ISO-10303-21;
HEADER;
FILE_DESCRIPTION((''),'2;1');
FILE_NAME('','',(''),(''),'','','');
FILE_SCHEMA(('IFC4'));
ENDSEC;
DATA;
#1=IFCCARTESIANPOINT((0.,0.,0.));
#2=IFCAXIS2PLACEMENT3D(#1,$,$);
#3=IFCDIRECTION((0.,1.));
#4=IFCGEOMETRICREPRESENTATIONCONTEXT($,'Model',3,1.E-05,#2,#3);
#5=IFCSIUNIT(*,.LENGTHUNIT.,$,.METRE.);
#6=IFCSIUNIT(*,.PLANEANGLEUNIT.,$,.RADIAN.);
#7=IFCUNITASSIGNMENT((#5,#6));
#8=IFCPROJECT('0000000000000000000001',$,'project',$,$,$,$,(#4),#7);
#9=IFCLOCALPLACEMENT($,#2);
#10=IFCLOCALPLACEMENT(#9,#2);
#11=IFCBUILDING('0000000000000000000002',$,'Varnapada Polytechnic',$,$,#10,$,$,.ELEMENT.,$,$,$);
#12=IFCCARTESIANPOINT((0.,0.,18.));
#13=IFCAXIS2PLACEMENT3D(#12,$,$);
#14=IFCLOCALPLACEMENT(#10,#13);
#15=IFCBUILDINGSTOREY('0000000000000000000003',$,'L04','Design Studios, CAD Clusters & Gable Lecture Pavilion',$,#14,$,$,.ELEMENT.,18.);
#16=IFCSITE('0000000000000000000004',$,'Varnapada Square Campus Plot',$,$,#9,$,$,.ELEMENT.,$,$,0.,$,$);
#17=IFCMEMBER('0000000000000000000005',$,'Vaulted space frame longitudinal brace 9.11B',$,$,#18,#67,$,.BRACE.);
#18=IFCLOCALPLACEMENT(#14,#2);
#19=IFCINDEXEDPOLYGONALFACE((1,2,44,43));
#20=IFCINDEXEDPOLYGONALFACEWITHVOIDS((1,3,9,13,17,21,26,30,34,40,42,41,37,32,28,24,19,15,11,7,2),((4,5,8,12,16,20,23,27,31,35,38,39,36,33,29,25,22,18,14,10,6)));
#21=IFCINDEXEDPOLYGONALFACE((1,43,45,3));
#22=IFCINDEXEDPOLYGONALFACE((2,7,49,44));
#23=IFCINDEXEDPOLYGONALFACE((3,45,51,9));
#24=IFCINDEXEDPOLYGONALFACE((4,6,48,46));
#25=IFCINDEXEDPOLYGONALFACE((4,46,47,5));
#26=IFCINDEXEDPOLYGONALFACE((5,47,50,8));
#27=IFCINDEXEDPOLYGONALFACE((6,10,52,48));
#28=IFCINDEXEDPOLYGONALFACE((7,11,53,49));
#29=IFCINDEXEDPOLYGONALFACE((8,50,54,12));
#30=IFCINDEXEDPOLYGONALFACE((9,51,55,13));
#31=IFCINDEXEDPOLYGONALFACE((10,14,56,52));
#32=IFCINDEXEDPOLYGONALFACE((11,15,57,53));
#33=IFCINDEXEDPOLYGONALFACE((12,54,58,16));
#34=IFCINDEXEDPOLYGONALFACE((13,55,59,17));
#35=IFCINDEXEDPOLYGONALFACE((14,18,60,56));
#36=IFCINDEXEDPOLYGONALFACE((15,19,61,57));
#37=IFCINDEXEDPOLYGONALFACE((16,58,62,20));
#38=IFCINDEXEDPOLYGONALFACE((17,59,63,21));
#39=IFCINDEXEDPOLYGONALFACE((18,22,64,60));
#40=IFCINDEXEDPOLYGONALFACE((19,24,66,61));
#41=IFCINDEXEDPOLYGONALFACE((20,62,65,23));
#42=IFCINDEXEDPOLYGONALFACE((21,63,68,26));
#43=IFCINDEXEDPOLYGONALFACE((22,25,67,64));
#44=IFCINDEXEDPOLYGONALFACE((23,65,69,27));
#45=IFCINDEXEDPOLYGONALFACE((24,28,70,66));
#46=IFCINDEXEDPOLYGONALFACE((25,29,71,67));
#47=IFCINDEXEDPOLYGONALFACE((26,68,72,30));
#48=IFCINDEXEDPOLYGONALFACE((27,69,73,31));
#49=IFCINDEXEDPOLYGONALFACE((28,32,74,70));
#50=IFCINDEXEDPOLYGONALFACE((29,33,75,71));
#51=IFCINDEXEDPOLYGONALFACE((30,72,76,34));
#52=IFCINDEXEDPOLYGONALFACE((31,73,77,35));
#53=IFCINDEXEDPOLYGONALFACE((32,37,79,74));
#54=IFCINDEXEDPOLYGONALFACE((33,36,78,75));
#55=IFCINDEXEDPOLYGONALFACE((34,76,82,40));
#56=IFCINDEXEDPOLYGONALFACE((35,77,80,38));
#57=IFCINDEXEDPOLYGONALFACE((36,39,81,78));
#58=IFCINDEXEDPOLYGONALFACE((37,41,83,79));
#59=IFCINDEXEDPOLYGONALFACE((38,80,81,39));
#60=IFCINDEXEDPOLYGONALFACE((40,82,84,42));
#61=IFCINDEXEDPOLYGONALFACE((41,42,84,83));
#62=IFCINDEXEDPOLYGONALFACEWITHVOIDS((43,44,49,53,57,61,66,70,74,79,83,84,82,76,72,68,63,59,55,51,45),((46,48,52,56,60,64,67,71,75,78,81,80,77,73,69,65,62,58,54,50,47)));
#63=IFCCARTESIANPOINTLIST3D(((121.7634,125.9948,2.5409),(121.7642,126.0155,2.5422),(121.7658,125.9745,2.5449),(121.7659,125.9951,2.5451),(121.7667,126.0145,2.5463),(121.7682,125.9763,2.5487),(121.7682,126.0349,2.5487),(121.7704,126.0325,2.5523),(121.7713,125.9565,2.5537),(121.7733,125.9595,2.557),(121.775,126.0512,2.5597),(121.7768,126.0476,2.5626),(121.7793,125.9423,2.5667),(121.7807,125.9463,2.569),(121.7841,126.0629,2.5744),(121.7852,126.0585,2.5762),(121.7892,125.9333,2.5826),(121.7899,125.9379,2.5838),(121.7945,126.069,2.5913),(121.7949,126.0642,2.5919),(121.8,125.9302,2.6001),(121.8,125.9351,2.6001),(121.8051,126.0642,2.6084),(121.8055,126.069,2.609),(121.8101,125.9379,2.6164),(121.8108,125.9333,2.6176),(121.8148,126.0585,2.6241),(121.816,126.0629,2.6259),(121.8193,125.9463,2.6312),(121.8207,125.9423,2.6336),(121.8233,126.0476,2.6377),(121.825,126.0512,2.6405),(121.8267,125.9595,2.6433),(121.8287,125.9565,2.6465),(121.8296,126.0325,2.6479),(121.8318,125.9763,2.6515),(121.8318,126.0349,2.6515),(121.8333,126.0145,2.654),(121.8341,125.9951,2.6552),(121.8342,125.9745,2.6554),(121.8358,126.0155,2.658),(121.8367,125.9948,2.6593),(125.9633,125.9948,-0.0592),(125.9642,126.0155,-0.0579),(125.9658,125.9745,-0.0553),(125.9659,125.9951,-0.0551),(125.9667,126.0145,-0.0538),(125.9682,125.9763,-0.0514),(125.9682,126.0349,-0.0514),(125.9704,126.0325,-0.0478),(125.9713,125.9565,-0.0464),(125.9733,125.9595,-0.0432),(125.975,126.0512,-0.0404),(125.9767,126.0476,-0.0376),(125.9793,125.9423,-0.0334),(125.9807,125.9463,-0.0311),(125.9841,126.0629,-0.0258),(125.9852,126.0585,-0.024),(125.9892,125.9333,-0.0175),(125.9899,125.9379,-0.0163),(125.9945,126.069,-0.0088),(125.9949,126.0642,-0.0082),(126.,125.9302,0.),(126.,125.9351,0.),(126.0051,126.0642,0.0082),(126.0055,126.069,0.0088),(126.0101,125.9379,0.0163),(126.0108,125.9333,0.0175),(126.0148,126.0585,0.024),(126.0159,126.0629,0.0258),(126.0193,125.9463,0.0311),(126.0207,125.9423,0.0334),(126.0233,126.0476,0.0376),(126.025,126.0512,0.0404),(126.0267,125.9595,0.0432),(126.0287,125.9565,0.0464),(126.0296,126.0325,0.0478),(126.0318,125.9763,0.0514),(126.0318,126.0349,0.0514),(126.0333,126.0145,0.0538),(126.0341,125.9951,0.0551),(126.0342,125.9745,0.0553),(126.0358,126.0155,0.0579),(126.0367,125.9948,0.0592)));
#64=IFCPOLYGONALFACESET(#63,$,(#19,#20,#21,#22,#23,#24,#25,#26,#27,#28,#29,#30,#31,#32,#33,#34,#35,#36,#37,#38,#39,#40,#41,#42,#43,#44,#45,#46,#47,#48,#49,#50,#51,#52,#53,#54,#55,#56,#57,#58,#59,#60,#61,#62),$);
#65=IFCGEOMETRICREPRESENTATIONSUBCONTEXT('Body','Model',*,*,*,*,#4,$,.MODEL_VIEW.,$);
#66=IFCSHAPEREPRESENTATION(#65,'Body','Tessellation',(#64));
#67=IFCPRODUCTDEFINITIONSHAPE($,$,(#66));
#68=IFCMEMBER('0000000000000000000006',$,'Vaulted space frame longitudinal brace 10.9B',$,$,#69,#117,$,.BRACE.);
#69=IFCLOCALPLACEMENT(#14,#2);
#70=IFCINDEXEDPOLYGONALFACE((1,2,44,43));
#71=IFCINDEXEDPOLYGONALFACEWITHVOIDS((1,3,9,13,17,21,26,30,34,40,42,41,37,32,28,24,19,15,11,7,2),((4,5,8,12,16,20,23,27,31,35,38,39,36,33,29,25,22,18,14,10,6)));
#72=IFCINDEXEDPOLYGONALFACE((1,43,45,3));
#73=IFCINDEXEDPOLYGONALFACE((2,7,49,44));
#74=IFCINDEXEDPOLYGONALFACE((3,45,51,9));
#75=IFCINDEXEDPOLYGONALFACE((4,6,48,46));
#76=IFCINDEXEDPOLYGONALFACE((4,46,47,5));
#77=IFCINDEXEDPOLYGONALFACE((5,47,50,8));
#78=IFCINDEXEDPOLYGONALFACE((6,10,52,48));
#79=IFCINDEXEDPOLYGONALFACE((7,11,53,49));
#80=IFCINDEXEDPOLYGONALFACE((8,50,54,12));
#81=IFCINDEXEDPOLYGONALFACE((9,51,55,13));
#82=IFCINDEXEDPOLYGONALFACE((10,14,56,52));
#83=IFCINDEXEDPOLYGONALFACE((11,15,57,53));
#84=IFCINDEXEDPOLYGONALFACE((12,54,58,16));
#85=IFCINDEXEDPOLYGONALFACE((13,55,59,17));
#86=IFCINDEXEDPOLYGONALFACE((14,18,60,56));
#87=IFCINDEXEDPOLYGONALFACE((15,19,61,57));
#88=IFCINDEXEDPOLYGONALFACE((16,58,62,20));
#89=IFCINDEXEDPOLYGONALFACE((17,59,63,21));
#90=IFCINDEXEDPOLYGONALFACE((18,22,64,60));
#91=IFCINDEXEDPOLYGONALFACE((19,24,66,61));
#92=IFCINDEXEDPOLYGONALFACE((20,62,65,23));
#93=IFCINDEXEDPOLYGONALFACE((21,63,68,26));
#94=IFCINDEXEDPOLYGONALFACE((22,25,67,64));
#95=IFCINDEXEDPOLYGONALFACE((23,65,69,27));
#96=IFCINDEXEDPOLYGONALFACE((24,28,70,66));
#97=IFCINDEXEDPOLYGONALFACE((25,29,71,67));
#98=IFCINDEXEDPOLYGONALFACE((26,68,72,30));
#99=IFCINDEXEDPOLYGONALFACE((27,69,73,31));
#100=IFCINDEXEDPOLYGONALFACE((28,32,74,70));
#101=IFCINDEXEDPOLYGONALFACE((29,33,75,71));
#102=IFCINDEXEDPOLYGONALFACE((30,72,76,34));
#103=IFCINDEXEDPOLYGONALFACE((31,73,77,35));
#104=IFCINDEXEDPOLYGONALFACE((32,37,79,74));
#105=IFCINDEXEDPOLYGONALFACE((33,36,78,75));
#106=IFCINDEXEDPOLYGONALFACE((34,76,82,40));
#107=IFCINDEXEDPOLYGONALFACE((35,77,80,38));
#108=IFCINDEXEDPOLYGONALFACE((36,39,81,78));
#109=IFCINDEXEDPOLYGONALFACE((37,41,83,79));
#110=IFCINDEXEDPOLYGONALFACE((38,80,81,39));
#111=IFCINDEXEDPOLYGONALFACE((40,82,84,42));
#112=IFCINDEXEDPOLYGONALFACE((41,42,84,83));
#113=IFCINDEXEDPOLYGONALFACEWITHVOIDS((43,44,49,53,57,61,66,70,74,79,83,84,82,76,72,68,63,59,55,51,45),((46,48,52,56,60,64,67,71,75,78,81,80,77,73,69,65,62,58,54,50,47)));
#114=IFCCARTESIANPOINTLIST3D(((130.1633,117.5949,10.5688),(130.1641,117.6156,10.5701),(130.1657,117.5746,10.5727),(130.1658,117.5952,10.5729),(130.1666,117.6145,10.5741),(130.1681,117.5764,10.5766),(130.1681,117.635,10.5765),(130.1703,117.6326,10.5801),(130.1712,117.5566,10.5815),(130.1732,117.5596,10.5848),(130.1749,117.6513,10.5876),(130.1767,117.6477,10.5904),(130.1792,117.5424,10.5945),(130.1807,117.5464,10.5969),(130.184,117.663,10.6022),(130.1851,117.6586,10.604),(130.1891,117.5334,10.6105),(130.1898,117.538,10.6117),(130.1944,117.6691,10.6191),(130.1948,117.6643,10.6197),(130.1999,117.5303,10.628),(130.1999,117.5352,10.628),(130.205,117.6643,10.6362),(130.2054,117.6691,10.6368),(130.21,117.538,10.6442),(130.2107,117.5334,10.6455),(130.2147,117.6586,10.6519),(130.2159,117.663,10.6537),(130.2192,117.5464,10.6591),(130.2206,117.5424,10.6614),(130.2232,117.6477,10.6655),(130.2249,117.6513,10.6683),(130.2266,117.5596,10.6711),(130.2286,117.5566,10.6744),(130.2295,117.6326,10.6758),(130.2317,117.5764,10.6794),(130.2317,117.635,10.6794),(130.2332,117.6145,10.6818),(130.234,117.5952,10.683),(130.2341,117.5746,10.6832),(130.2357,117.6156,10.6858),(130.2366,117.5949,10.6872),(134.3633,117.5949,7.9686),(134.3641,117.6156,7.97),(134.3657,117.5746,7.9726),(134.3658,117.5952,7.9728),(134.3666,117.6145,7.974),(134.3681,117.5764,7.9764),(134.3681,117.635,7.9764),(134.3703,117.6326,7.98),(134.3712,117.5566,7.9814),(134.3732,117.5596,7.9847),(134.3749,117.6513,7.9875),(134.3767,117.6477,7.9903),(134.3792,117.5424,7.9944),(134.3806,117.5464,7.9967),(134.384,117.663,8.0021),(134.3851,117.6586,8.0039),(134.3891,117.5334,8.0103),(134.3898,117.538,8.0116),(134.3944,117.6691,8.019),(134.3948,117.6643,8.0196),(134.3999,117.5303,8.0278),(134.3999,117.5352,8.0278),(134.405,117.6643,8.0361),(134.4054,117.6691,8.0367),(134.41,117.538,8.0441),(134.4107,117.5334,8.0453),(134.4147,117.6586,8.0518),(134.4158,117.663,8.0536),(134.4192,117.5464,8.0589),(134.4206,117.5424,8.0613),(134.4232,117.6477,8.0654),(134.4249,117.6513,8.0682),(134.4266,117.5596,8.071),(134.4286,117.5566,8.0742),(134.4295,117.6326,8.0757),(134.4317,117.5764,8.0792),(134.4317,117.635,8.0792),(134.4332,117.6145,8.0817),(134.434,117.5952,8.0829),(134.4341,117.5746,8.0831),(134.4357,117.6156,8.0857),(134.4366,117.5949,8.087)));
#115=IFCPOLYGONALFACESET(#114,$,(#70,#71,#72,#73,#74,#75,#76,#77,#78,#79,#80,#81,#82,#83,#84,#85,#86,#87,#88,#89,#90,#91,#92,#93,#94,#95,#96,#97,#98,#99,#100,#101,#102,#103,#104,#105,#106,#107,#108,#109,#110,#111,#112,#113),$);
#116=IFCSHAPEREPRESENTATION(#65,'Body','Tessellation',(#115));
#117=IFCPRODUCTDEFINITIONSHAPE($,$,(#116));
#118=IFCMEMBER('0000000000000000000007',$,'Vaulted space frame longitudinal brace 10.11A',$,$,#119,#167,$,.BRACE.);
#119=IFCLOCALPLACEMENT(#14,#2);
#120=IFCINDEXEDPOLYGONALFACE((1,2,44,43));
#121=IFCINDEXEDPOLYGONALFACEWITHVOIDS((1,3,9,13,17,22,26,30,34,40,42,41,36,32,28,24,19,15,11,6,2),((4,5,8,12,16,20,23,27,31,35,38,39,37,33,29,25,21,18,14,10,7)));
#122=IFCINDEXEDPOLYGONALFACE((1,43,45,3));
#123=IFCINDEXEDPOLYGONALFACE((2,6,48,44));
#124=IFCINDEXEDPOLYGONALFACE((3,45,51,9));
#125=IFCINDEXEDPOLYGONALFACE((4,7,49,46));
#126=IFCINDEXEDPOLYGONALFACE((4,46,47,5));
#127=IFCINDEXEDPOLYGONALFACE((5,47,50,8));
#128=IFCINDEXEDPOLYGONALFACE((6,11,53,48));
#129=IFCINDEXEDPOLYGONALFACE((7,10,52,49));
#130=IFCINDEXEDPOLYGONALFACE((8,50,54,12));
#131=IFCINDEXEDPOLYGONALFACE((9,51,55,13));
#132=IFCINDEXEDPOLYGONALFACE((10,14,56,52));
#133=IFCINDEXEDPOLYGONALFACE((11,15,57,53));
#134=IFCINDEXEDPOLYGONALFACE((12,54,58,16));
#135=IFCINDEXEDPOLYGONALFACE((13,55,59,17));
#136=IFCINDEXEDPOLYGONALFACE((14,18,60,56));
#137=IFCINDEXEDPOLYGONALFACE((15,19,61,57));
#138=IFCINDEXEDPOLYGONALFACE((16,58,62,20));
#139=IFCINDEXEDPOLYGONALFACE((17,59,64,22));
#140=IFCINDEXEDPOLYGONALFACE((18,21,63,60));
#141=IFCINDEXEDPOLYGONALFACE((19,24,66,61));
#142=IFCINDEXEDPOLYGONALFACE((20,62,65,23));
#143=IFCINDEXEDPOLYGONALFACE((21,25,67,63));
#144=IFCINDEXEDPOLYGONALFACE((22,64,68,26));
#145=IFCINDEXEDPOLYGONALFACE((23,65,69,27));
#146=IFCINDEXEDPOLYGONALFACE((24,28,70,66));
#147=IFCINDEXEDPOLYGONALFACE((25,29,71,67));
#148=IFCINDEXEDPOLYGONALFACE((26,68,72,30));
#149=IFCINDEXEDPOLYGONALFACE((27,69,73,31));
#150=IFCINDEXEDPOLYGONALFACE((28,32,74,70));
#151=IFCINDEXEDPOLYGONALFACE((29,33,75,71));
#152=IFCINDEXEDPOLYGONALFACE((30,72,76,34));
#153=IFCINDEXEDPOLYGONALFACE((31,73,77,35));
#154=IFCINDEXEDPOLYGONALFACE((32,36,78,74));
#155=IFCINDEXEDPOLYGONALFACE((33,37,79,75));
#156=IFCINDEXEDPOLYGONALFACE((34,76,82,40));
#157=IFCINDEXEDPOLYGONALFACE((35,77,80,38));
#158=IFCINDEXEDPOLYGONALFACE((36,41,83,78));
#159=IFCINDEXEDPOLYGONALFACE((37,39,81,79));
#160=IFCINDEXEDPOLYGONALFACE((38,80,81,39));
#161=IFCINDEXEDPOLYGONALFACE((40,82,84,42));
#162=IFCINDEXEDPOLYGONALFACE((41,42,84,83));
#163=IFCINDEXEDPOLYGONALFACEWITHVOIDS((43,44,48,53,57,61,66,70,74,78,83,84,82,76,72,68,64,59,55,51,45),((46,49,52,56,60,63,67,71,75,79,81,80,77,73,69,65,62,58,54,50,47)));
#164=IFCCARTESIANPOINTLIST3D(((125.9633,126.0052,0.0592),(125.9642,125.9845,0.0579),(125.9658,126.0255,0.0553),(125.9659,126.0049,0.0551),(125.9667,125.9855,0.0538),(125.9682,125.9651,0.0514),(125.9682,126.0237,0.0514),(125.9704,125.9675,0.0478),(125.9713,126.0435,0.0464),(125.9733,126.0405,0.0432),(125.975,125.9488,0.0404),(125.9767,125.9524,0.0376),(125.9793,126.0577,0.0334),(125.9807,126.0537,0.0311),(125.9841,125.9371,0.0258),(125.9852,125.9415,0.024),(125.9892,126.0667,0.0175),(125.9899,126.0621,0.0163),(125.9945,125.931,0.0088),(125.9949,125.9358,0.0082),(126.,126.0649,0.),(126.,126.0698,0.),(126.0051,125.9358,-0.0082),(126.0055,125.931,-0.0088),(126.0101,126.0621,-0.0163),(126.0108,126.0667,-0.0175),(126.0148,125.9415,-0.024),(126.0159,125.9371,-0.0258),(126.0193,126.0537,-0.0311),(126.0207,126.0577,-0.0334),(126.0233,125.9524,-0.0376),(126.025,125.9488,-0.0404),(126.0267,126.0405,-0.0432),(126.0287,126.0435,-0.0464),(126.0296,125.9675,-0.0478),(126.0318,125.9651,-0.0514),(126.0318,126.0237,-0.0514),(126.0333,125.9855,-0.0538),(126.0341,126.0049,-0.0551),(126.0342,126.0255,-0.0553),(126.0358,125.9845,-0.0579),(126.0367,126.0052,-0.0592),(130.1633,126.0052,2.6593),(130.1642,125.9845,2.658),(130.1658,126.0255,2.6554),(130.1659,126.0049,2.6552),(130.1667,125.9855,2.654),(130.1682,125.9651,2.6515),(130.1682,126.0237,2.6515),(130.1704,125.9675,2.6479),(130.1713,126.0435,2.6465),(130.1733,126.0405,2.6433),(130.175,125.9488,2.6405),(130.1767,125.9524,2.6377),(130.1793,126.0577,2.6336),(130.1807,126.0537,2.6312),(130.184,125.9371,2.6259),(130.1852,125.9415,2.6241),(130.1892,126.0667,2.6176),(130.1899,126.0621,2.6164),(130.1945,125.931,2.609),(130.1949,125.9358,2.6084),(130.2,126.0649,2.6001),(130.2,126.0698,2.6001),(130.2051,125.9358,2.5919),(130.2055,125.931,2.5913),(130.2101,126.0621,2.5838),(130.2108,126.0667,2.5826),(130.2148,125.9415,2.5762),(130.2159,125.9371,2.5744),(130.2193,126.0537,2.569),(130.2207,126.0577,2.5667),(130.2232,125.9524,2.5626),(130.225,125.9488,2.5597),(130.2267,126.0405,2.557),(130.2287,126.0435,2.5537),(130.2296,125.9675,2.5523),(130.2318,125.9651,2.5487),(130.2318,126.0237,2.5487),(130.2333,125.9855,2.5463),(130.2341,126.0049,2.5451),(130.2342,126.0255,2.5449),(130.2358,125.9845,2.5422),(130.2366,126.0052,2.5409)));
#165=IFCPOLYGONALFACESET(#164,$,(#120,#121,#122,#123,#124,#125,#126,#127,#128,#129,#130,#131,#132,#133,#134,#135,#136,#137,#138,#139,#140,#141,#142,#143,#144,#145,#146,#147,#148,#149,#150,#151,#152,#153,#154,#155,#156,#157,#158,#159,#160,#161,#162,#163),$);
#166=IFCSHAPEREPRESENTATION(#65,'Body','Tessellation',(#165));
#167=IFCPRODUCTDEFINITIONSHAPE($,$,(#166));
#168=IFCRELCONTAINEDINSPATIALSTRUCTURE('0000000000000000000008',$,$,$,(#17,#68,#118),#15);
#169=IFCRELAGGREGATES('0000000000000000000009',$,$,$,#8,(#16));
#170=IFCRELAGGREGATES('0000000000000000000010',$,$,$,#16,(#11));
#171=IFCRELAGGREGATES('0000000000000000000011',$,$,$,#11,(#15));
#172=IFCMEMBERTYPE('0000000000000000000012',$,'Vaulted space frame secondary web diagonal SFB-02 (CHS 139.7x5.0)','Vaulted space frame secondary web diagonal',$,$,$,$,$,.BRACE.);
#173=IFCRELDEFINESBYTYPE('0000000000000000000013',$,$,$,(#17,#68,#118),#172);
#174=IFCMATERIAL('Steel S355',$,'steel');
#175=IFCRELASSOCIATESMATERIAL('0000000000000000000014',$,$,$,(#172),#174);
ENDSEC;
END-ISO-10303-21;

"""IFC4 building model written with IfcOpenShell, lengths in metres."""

from ifc_helpers import new_model, si_unit, direction, frame, origin, origin_2d, place, context, subcontext, project, spatial, hollow_circle, extrude, material, material_profile, profile_set, type_object, element, save


model = new_model("IFC4")

# Units and contexts
model_context = context("Model", 3, precision=1e-05, world=origin(), true_north=direction((0.0, 1.0)))
body_context = subcontext(model_context, "Body", "Model", "MODEL_VIEW")
ifc_project = project(units=[si_unit("LENGTHUNIT", "METRE"), si_unit("PLANEANGLEUNIT", "RADIAN")], contexts=[model_context])

# Site, building, storey
site_placement = place(None, origin())
site = spatial("IfcSite", under=ifc_project, at=site_placement, Name="Varnapada Square Campus Plot", CompositionType="ELEMENT", RefElevation=0.0)
building_placement = place(site_placement, origin())
building = spatial("IfcBuilding", under=site, at=building_placement, Name="Varnapada Polytechnic", CompositionType="ELEMENT")
storey_placement = place(building_placement, frame((0.0, 0.0, 18.0)))
storey = spatial("IfcBuildingStorey", under=building, at=storey_placement, Name="L04", Description="Design Studios, CAD Clusters & Gable Lecture Pavilion", CompositionType="ELEMENT", Elevation=18.0)

# Shared definitions
ifc_material = material(Name="Steel S355", Category="steel")

# Members
ifc_material_profile_1 = material_profile(ifc_material, hollow_circle(Radius=0.0698, WallThickness=0.0049, at=origin_2d()), Name="CHS 139.7x5.0")
ifc_profile_set_1 = profile_set([ifc_material_profile_1], Name="Steel S355")
member_type_1 = type_object("IfcMemberType", Name="Vaulted space frame secondary web diagonal SFB-02 (CHS 139.7x5.0)", Description="Vaulted space frame secondary web diagonal", PredefinedType="BRACE", material=ifc_profile_set_1)
for number, where, z_axis, x_axis, name in (
    (1, (126.0, 126.0, 0.0), (-0.850254, 0.0, 0.526373), (0.0, -1.0, 0.0), "Vaulted space frame longitudinal brace 9.11B"),
    (2, (134.3999, 117.6001, 8.0278), (-0.850254, 0.0, 0.526373), (0.0, -1.0, 0.0), "Vaulted space frame longitudinal brace 10.9B"),
    (3, (126.0, 126.0, 0.0), (0.850254, 0.0, 0.526373), (0.0, 1.0, 0.0), "Vaulted space frame longitudinal brace 10.11A"),
):
    element("IfcMember", number, at=place(storey_placement, frame(where, z_axis=z_axis, x_axis=x_axis)), inside=storey, type_object=member_type_1, Name=name, PredefinedType="BRACE", context=body_context, shape_type="SweptSolid", body=[
        extrude(hollow_circle(Radius=0.0698, WallThickness=0.0049, at=origin_2d()), origin(), (0.0, 0.0, 1.0), 4.9397),
    ])

save(model, "model.ifc")
